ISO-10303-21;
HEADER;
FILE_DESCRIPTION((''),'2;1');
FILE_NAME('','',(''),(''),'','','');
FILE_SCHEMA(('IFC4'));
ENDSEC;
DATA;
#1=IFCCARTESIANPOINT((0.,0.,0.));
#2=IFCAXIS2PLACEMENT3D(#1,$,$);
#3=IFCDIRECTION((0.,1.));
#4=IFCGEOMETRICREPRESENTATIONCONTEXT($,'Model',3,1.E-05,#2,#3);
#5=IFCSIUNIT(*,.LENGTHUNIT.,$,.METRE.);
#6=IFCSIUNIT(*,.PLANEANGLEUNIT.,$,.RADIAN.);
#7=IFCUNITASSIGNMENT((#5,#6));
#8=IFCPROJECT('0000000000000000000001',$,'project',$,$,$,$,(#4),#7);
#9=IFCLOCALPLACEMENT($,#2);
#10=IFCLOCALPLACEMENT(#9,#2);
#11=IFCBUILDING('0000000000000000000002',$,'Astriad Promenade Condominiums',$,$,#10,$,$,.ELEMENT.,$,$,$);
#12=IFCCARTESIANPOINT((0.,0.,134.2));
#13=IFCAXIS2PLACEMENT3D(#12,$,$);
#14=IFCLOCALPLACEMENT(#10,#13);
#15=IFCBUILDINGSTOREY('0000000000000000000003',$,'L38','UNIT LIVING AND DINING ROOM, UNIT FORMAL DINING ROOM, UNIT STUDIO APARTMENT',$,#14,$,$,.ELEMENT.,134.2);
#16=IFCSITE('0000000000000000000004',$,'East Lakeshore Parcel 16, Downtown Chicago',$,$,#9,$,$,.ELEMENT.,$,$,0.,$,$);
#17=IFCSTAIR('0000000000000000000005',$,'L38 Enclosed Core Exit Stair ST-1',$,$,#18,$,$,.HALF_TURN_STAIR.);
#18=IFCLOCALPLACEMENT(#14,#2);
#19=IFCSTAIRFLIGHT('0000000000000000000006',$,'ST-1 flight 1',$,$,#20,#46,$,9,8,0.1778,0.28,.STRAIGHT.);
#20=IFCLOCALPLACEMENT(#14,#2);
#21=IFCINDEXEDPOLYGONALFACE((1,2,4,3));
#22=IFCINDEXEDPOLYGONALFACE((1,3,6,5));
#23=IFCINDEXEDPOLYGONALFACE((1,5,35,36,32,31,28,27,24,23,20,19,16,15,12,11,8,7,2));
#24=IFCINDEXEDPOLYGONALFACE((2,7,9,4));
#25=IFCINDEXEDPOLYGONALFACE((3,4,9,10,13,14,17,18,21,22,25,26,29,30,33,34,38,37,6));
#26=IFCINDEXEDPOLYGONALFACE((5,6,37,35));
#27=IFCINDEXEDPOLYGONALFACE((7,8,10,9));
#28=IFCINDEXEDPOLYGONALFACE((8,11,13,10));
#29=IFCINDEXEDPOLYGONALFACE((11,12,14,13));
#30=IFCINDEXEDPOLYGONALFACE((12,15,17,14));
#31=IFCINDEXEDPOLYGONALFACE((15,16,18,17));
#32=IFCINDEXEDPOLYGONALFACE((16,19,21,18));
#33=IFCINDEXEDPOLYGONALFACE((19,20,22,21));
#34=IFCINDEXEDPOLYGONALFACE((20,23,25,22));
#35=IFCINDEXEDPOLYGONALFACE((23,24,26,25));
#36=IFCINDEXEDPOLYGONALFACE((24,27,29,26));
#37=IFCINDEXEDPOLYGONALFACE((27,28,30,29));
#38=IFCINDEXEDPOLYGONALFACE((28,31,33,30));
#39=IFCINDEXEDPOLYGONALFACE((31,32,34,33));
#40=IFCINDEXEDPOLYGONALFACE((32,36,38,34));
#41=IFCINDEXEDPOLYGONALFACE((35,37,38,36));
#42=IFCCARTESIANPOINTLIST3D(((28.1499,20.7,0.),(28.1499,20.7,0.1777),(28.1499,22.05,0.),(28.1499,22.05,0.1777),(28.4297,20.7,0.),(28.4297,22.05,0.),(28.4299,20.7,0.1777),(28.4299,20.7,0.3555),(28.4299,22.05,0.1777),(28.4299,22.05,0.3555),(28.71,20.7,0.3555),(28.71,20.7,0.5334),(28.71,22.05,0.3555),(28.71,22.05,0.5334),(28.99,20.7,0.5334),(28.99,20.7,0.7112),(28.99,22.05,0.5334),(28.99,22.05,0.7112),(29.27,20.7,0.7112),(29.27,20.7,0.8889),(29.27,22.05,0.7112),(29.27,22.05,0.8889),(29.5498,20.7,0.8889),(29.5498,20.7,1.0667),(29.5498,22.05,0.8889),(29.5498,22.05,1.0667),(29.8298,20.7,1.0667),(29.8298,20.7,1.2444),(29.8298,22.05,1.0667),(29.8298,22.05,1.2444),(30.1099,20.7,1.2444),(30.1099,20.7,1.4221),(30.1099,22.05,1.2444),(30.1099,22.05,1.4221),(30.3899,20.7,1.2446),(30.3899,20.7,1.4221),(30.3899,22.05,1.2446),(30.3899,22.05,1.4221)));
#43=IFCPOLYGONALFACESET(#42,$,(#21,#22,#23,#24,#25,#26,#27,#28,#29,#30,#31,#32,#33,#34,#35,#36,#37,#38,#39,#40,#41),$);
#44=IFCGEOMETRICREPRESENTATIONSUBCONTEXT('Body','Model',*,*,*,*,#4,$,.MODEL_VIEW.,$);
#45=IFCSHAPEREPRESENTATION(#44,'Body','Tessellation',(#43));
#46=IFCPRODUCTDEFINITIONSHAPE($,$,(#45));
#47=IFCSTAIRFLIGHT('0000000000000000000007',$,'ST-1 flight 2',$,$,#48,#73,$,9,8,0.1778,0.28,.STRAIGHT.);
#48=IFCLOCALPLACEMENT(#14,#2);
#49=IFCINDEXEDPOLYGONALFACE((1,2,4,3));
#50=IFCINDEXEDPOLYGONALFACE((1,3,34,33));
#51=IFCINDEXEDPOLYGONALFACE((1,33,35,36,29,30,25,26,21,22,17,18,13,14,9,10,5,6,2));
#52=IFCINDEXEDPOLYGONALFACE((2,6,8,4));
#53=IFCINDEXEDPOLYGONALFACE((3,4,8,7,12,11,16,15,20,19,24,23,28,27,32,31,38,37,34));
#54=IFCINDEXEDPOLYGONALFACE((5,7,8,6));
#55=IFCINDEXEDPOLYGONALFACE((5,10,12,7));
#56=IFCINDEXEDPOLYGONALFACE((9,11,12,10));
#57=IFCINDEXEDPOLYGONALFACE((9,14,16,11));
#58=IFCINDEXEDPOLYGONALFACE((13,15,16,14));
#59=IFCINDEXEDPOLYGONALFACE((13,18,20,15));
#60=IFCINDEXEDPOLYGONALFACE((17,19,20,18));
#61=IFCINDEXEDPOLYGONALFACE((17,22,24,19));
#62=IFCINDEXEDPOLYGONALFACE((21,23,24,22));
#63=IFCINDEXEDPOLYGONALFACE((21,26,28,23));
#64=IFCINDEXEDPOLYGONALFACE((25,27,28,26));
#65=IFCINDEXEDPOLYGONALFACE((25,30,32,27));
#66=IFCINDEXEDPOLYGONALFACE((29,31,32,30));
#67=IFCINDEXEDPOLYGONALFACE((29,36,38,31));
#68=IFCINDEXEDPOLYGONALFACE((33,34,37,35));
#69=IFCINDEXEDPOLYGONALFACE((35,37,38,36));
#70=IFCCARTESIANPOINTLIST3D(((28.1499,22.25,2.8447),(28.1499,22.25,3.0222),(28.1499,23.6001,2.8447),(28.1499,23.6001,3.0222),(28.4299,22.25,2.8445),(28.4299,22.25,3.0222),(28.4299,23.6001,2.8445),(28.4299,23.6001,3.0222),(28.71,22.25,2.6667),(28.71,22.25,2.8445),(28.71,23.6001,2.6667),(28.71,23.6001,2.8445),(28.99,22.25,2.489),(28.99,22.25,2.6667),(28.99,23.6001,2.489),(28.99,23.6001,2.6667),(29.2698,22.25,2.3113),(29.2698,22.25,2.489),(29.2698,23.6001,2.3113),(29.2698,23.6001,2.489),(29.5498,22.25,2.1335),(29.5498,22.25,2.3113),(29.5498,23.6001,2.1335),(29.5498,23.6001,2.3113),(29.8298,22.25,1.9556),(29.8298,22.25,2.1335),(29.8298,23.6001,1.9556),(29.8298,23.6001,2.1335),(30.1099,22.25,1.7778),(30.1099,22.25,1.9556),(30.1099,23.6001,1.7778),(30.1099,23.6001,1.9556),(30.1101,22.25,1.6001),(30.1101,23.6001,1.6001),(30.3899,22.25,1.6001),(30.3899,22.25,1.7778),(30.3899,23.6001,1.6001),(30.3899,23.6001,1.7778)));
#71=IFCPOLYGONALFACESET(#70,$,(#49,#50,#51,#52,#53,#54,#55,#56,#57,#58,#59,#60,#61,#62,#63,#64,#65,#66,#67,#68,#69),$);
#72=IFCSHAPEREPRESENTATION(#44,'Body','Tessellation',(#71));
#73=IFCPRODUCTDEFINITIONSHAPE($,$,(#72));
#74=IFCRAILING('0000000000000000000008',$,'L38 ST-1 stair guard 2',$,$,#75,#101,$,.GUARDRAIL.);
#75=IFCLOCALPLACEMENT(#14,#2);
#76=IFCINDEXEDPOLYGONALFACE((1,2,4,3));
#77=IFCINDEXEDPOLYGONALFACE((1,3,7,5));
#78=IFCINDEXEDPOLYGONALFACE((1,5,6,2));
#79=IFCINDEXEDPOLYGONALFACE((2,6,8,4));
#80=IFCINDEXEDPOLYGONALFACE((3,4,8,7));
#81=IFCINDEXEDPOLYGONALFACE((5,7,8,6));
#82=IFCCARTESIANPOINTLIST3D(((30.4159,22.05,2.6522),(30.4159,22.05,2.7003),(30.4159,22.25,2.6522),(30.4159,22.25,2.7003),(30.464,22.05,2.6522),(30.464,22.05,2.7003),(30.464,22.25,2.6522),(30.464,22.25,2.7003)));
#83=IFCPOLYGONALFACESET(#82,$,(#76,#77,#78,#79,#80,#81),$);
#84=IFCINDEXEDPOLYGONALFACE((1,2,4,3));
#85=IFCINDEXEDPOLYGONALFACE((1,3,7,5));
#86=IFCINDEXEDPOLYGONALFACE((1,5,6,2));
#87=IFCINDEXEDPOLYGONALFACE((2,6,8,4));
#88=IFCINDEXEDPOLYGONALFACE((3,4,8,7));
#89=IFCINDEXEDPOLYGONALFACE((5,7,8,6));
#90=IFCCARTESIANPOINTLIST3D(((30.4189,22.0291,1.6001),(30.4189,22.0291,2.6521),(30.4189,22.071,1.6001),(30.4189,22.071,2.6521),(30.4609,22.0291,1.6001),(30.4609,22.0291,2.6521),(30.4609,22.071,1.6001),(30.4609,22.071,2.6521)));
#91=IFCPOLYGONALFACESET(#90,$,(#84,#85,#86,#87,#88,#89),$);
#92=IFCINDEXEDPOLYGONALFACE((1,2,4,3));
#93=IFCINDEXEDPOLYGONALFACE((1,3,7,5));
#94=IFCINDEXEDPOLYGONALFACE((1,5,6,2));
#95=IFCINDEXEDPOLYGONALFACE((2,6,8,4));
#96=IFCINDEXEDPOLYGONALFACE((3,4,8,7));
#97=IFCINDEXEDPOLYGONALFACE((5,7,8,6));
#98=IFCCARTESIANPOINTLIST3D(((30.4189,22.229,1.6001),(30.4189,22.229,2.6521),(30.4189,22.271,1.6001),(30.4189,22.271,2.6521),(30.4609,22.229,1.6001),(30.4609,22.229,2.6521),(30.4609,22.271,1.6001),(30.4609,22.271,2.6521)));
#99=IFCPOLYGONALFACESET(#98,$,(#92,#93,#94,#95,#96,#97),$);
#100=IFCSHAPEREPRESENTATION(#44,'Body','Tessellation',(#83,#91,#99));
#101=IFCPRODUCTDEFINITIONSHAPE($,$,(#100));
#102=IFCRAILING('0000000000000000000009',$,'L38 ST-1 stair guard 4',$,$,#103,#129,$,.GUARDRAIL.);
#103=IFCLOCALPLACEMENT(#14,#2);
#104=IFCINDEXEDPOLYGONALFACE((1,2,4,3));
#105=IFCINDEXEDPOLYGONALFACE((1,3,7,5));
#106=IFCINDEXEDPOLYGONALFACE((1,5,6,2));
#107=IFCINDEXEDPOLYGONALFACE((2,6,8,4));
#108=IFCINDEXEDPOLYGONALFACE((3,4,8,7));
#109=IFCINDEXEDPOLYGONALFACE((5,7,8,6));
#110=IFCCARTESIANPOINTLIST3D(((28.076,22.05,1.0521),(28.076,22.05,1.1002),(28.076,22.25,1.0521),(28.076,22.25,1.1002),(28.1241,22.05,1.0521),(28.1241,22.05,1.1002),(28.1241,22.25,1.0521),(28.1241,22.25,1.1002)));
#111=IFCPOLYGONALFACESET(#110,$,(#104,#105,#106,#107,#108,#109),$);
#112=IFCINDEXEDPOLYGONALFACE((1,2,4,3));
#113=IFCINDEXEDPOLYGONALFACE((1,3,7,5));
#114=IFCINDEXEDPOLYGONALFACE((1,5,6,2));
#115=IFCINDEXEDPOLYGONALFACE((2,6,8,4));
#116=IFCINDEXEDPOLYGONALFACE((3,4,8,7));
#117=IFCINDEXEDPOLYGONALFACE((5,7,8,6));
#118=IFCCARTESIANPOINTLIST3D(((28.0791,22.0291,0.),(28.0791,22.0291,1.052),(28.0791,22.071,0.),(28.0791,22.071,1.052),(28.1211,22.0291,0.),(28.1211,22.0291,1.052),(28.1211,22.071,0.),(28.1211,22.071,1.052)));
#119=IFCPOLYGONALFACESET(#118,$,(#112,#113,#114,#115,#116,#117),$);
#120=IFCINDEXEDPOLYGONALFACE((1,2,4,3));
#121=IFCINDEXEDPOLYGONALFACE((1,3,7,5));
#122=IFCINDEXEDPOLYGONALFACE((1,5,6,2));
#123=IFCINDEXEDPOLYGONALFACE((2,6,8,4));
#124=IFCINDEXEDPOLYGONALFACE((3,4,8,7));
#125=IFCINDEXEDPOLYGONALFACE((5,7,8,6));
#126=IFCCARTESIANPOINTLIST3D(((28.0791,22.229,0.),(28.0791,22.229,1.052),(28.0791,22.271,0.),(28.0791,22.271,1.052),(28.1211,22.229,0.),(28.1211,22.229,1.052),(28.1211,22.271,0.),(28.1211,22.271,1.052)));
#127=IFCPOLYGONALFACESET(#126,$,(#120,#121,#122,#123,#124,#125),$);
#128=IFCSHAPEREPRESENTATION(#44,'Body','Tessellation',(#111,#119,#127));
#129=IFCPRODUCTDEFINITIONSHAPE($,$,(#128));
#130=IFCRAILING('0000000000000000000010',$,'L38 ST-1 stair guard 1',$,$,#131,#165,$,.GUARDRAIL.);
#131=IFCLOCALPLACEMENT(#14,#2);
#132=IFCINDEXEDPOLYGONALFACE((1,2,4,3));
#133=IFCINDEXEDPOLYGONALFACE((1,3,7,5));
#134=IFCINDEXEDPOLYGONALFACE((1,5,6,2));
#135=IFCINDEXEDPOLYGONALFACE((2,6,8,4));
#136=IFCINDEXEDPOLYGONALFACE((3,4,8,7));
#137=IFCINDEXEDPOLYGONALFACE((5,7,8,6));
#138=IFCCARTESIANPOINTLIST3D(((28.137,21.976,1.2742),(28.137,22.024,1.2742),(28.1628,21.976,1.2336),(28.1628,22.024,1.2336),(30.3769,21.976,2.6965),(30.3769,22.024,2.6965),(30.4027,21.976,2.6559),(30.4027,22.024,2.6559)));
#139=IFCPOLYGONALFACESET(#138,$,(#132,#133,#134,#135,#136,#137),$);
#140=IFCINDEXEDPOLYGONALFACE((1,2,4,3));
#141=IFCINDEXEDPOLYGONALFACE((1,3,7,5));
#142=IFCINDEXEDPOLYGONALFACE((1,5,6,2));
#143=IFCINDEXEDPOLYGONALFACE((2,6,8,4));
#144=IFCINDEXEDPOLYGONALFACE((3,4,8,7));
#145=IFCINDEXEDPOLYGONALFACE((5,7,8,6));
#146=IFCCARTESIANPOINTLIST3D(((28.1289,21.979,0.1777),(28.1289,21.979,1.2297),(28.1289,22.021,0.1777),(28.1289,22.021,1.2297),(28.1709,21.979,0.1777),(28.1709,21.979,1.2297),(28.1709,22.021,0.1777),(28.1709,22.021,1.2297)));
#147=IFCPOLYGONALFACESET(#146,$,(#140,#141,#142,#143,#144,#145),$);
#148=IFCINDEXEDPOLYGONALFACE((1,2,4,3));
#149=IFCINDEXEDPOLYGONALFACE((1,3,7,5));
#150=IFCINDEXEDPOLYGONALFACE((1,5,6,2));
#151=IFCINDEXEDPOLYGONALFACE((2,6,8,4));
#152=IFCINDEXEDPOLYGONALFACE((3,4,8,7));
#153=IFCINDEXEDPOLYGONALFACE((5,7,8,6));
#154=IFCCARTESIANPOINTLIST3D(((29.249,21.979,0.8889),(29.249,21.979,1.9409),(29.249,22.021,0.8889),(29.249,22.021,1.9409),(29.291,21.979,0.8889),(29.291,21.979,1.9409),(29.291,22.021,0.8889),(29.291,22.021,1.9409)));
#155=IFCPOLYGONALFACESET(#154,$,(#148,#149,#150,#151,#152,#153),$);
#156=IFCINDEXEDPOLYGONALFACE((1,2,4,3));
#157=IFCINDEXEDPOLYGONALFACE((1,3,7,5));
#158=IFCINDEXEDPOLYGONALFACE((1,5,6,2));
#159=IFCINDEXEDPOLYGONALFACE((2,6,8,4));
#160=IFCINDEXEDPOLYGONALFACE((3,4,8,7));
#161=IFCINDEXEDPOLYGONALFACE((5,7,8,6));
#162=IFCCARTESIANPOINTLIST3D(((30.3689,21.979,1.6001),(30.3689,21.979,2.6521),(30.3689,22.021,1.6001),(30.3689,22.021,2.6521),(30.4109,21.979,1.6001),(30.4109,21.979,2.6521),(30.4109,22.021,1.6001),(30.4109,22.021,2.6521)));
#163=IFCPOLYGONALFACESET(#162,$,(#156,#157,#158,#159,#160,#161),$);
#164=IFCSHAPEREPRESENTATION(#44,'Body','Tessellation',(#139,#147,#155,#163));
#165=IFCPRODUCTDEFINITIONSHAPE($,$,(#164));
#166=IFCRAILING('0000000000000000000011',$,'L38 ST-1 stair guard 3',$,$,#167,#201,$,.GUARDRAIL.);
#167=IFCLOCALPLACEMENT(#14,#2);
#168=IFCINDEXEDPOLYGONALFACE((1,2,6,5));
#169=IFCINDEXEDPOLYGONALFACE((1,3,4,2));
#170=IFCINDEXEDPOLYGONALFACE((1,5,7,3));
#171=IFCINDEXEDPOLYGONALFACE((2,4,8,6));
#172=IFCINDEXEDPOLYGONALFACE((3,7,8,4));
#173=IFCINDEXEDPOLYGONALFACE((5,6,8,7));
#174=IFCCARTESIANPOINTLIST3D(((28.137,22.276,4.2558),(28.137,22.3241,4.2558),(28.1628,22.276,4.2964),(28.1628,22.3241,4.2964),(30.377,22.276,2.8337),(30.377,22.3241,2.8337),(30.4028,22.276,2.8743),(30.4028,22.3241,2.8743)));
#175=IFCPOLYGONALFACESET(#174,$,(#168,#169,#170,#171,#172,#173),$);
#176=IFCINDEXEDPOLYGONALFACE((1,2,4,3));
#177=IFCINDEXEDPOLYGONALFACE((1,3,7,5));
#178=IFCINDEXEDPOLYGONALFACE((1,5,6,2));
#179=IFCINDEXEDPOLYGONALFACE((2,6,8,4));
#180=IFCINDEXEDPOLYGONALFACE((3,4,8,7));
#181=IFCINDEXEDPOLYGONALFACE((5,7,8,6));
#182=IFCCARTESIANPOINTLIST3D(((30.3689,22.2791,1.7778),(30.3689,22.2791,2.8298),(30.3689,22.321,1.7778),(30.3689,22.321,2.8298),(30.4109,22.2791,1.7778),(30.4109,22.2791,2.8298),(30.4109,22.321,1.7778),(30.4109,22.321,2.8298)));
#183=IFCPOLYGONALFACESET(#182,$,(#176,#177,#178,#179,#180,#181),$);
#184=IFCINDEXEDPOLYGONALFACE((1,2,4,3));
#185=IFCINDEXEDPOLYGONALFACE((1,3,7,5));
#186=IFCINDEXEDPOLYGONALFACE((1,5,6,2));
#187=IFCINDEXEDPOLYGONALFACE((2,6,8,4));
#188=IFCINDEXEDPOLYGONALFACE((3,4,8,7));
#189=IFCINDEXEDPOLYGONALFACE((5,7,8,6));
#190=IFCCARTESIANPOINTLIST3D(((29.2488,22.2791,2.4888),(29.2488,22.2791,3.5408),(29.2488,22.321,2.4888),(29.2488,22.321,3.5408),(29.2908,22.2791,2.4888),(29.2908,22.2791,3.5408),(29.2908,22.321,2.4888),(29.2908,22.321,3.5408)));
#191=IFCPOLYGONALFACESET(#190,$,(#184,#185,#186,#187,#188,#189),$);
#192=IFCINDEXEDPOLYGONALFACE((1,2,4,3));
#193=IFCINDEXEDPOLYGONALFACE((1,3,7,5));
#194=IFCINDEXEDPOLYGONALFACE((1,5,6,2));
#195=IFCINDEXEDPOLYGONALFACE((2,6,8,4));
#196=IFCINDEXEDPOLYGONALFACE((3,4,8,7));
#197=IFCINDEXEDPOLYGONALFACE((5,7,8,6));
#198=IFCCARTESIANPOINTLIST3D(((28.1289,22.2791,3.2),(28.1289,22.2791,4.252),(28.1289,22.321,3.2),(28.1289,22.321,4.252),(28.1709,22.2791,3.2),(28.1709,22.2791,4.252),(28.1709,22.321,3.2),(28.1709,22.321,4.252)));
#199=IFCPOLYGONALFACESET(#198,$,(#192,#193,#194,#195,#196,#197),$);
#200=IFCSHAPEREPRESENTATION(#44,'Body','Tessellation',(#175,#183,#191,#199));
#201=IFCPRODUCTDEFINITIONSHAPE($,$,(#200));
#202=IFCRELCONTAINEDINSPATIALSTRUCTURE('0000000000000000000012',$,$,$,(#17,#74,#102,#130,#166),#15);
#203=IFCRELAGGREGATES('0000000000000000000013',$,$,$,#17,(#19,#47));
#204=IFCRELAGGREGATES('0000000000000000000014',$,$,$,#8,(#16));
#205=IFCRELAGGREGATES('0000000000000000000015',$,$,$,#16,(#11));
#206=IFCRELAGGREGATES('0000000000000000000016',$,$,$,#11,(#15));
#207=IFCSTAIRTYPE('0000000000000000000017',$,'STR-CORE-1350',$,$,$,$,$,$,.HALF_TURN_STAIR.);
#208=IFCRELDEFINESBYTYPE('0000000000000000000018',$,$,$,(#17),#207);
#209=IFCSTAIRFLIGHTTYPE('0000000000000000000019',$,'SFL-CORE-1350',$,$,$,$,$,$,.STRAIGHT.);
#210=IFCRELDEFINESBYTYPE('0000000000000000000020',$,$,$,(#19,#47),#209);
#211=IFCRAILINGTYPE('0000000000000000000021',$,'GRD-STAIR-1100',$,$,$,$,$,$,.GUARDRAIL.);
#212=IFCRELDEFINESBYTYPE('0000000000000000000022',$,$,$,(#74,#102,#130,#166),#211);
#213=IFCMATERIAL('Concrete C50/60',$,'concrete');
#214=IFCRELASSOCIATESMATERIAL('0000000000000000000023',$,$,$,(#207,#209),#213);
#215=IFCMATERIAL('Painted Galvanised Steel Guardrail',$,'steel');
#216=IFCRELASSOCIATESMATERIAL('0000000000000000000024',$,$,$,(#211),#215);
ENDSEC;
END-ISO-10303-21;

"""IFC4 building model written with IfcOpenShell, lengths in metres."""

from ifc_helpers import new_model, si_unit, direction, frame, origin, origin_2d, place, context, subcontext, project, spatial, polyline, rectangle, outline, extrude, source, transform, mapped, material, type_object, type_shapes, element, aggregate, save


model = new_model("IFC4")

# Units and contexts
model_context = context("Model", 3, precision=1e-05, world=origin(), true_north=direction((0.0, 1.0)))
body_context = subcontext(model_context, "Body", "Model", "MODEL_VIEW")
ifc_project = project(units=[si_unit("LENGTHUNIT", "METRE"), si_unit("PLANEANGLEUNIT", "RADIAN")], contexts=[model_context])

# Site, building, storey
site_placement = place(None, origin())
site = spatial("IfcSite", under=ifc_project, at=site_placement, Name="East Lakeshore Parcel 16, Downtown Chicago", CompositionType="ELEMENT", RefElevation=0.0)
building_placement = place(site_placement, origin())
building = spatial("IfcBuilding", under=site, at=building_placement, Name="Astriad Promenade Condominiums", CompositionType="ELEMENT")
storey_placement = place(building_placement, frame((0.0, 0.0, 134.2)))
storey = spatial("IfcBuildingStorey", under=building, at=storey_placement, Name="L38", Description="UNIT LIVING AND DINING ROOM, UNIT FORMAL DINING ROOM, UNIT STUDIO APARTMENT", CompositionType="ELEMENT", Elevation=134.2)

# Shared definitions
ifc_material_1 = material(Name="Concrete C50/60", Category="concrete")

# Stair, stair flights
stair_type = type_object("IfcStairType", Name="STR-CORE-1350", PredefinedType="HALF_TURN_STAIR", material=ifc_material_1)
stair_placement = place(storey_placement, origin())
stair = element("IfcStair", 1, at=stair_placement, inside=storey, type_object=stair_type, Name="L38 Enclosed Core Exit Stair ST-1", PredefinedType="HALF_TURN_STAIR")
stair_flight_type = type_object("IfcStairFlightType", Name="SFL-CORE-1350", PredefinedType="STRAIGHT", material=ifc_material_1)
shared_shape_1 = source(origin(), body_context, "Body", "SweptSolid", [
    extrude(outline(polyline([(0.0, 0.0), (0.0, 0.1777), (0.28, 0.1777), (0.28, 0.3555), (0.5601, 0.3555), (0.5601, 0.5334), (0.8401, 0.5334), (0.8401, 0.7112), (1.1201, 0.7112), (1.1201, 0.8889), (1.3999, 0.8889), (1.3999, 1.0667), (1.6799, 1.0667), (1.6799, 1.2444), (1.96, 1.2444), (1.96, 1.4221), (2.24, 1.4221), (2.24, 1.6001), (2.24, 1.2446), (0.2798, 0.0), (0.0, 0.0)])), frame((0.0, 0.675, 0.0), z_axis=(0.0, -1.0, 0.0), x_axis=(1.0, 0.0, 0.0)), (0.0, 0.0, 1.0), 1.3501),
])
type_shapes(stair_flight_type, [shared_shape_1])
stair_flight_1_placement = place(storey_placement, frame((28.1499, 21.375, 0.0), z_axis=(0.0, 0.0, 1.0), x_axis=(1.0, 0.0, 0.0)))
stair_flight_1 = element("IfcStairFlight", 2, at=stair_flight_1_placement, type_object=stair_flight_type, Name="ST-1 flight 1", NumberOfRisers=9, NumberOfTreads=8, PredefinedType="STRAIGHT", RiserHeight=0.1778, TreadLength=0.28, context=body_context, shape_type="MappedRepresentation", body=[
    mapped(shared_shape_1, transform((0.0, 0.0, 0.0), scale=1.0)),
])
stair_flight_2_placement = place(storey_placement, frame((30.3899, 22.925, 1.6001), z_axis=(0.0, 0.0, 1.0), x_axis=(-1.0, 0.0, 0.0)))
stair_flight_2 = element("IfcStairFlight", 3, at=stair_flight_2_placement, type_object=stair_flight_type, Name="ST-1 flight 2", NumberOfRisers=9, NumberOfTreads=8, PredefinedType="STRAIGHT", RiserHeight=0.1778, TreadLength=0.28, context=body_context, shape_type="MappedRepresentation", body=[
    mapped(shared_shape_1, transform((0.0, 0.0, 0.0), scale=1.0)),
])
aggregate(stair, [stair_flight_1, stair_flight_2])

# Railings
ifc_material_2 = material(Name="Painted Galvanised Steel Guardrail", Category="steel")
railing_type_1 = type_object("IfcRailingType", Name="GRD-STAIR-1100", PredefinedType="GUARDRAIL", material=ifc_material_2)
shared_shape_2 = source(origin(), body_context, "Body", "SweptSolid", [
    extrude(rectangle(XDim=0.0481, YDim=0.0481, at=origin_2d()), frame((0.0, 0.0, 1.0762), z_axis=(0.0, 1.0, 0.0), x_axis=(-1.0, 0.0, 0.0)), (0.0, 0.0, 1.0), 0.2),
    extrude(rectangle(XDim=0.042, YDim=0.042, at=origin_2d()), origin(), (0.0, 0.0, 1.0), 1.052),
    extrude(rectangle(XDim=0.042, YDim=0.042, at=origin_2d()), frame((0.0, 0.2, 0.0)), (0.0, 0.0, 1.0), 1.052),
])
for number, where, name in (
    (4, (30.4399, 22.05, 1.6001), "L38 ST-1 stair guard 2"),
    (5, (28.1001, 22.05, 0.0), "L38 ST-1 stair guard 4"),
):
    element("IfcRailing", number, at=place(storey_placement, frame(where)), inside=storey, type_object=railing_type_1, Name=name, PredefinedType="GUARDRAIL", context=body_context, shape_type="MappedRepresentation", body=[
        mapped(shared_shape_2, transform((0.0, 0.0, 0.0), scale=1.0)),
    ])
shared_shape_3 = source(origin(), body_context, "Body", "SweptSolid", [
    extrude(rectangle(XDim=0.0481, YDim=0.0481, at=origin_2d()), frame((0.0, 0.0, 1.0762), z_axis=(0.844188, 0.0, 0.536048), x_axis=(0.0, 1.0, 0.0)), (0.0, 0.0, 1.0), 2.6533),
    extrude(rectangle(XDim=0.042, YDim=0.042, at=origin_2d()), origin(), (0.0, 0.0, 1.0), 1.052),
    extrude(rectangle(XDim=0.042, YDim=0.042, at=origin_2d()), frame((1.1201, 0.0, 0.7112)), (0.0, 0.0, 1.0), 1.052),
    extrude(rectangle(XDim=0.042, YDim=0.042, at=origin_2d()), frame((2.24, 0.0, 1.4224)), (0.0, 0.0, 1.0), 1.052),
])
railing_1_placement = place(storey_placement, frame((28.1499, 22.0, 0.1777)))
element("IfcRailing", 6, at=railing_1_placement, inside=storey, type_object=railing_type_1, Name="L38 ST-1 stair guard 1", PredefinedType="GUARDRAIL", context=body_context, shape_type="MappedRepresentation", body=[
    mapped(shared_shape_3, transform((0.0, 0.0, 0.0), scale=1.0)),
])
shared_shape_4 = source(origin(), body_context, "Body", "SweptSolid", [
    extrude(rectangle(XDim=0.0481, YDim=0.0481, at=origin_2d()), frame((0.0, 0.0, 1.0762), z_axis=(-0.844229, 0.0, 0.535982), x_axis=(0.0, -1.0, 0.0)), (0.0, 0.0, 1.0), 2.6533),
    extrude(rectangle(XDim=0.042, YDim=0.042, at=origin_2d()), origin(), (0.0, 0.0, 1.0), 1.052),
    extrude(rectangle(XDim=0.042, YDim=0.042, at=origin_2d()), frame((-1.1201, 0.0, 0.7109)), (0.0, 0.0, 1.0), 1.052),
    extrude(rectangle(XDim=0.042, YDim=0.042, at=origin_2d()), frame((-2.24, 0.0, 1.4221)), (0.0, 0.0, 1.0), 1.052),
])
type_shapes(railing_type_1, [shared_shape_2, shared_shape_3, shared_shape_4])
railing_2_placement = place(storey_placement, frame((30.3899, 22.3, 1.7778)))
element("IfcRailing", 7, at=railing_2_placement, inside=storey, type_object=railing_type_1, Name="L38 ST-1 stair guard 3", PredefinedType="GUARDRAIL", context=body_context, shape_type="MappedRepresentation", body=[
    mapped(shared_shape_4, transform((0.0, 0.0, 0.0), scale=1.0)),
])

save(model, "model.ifc")
